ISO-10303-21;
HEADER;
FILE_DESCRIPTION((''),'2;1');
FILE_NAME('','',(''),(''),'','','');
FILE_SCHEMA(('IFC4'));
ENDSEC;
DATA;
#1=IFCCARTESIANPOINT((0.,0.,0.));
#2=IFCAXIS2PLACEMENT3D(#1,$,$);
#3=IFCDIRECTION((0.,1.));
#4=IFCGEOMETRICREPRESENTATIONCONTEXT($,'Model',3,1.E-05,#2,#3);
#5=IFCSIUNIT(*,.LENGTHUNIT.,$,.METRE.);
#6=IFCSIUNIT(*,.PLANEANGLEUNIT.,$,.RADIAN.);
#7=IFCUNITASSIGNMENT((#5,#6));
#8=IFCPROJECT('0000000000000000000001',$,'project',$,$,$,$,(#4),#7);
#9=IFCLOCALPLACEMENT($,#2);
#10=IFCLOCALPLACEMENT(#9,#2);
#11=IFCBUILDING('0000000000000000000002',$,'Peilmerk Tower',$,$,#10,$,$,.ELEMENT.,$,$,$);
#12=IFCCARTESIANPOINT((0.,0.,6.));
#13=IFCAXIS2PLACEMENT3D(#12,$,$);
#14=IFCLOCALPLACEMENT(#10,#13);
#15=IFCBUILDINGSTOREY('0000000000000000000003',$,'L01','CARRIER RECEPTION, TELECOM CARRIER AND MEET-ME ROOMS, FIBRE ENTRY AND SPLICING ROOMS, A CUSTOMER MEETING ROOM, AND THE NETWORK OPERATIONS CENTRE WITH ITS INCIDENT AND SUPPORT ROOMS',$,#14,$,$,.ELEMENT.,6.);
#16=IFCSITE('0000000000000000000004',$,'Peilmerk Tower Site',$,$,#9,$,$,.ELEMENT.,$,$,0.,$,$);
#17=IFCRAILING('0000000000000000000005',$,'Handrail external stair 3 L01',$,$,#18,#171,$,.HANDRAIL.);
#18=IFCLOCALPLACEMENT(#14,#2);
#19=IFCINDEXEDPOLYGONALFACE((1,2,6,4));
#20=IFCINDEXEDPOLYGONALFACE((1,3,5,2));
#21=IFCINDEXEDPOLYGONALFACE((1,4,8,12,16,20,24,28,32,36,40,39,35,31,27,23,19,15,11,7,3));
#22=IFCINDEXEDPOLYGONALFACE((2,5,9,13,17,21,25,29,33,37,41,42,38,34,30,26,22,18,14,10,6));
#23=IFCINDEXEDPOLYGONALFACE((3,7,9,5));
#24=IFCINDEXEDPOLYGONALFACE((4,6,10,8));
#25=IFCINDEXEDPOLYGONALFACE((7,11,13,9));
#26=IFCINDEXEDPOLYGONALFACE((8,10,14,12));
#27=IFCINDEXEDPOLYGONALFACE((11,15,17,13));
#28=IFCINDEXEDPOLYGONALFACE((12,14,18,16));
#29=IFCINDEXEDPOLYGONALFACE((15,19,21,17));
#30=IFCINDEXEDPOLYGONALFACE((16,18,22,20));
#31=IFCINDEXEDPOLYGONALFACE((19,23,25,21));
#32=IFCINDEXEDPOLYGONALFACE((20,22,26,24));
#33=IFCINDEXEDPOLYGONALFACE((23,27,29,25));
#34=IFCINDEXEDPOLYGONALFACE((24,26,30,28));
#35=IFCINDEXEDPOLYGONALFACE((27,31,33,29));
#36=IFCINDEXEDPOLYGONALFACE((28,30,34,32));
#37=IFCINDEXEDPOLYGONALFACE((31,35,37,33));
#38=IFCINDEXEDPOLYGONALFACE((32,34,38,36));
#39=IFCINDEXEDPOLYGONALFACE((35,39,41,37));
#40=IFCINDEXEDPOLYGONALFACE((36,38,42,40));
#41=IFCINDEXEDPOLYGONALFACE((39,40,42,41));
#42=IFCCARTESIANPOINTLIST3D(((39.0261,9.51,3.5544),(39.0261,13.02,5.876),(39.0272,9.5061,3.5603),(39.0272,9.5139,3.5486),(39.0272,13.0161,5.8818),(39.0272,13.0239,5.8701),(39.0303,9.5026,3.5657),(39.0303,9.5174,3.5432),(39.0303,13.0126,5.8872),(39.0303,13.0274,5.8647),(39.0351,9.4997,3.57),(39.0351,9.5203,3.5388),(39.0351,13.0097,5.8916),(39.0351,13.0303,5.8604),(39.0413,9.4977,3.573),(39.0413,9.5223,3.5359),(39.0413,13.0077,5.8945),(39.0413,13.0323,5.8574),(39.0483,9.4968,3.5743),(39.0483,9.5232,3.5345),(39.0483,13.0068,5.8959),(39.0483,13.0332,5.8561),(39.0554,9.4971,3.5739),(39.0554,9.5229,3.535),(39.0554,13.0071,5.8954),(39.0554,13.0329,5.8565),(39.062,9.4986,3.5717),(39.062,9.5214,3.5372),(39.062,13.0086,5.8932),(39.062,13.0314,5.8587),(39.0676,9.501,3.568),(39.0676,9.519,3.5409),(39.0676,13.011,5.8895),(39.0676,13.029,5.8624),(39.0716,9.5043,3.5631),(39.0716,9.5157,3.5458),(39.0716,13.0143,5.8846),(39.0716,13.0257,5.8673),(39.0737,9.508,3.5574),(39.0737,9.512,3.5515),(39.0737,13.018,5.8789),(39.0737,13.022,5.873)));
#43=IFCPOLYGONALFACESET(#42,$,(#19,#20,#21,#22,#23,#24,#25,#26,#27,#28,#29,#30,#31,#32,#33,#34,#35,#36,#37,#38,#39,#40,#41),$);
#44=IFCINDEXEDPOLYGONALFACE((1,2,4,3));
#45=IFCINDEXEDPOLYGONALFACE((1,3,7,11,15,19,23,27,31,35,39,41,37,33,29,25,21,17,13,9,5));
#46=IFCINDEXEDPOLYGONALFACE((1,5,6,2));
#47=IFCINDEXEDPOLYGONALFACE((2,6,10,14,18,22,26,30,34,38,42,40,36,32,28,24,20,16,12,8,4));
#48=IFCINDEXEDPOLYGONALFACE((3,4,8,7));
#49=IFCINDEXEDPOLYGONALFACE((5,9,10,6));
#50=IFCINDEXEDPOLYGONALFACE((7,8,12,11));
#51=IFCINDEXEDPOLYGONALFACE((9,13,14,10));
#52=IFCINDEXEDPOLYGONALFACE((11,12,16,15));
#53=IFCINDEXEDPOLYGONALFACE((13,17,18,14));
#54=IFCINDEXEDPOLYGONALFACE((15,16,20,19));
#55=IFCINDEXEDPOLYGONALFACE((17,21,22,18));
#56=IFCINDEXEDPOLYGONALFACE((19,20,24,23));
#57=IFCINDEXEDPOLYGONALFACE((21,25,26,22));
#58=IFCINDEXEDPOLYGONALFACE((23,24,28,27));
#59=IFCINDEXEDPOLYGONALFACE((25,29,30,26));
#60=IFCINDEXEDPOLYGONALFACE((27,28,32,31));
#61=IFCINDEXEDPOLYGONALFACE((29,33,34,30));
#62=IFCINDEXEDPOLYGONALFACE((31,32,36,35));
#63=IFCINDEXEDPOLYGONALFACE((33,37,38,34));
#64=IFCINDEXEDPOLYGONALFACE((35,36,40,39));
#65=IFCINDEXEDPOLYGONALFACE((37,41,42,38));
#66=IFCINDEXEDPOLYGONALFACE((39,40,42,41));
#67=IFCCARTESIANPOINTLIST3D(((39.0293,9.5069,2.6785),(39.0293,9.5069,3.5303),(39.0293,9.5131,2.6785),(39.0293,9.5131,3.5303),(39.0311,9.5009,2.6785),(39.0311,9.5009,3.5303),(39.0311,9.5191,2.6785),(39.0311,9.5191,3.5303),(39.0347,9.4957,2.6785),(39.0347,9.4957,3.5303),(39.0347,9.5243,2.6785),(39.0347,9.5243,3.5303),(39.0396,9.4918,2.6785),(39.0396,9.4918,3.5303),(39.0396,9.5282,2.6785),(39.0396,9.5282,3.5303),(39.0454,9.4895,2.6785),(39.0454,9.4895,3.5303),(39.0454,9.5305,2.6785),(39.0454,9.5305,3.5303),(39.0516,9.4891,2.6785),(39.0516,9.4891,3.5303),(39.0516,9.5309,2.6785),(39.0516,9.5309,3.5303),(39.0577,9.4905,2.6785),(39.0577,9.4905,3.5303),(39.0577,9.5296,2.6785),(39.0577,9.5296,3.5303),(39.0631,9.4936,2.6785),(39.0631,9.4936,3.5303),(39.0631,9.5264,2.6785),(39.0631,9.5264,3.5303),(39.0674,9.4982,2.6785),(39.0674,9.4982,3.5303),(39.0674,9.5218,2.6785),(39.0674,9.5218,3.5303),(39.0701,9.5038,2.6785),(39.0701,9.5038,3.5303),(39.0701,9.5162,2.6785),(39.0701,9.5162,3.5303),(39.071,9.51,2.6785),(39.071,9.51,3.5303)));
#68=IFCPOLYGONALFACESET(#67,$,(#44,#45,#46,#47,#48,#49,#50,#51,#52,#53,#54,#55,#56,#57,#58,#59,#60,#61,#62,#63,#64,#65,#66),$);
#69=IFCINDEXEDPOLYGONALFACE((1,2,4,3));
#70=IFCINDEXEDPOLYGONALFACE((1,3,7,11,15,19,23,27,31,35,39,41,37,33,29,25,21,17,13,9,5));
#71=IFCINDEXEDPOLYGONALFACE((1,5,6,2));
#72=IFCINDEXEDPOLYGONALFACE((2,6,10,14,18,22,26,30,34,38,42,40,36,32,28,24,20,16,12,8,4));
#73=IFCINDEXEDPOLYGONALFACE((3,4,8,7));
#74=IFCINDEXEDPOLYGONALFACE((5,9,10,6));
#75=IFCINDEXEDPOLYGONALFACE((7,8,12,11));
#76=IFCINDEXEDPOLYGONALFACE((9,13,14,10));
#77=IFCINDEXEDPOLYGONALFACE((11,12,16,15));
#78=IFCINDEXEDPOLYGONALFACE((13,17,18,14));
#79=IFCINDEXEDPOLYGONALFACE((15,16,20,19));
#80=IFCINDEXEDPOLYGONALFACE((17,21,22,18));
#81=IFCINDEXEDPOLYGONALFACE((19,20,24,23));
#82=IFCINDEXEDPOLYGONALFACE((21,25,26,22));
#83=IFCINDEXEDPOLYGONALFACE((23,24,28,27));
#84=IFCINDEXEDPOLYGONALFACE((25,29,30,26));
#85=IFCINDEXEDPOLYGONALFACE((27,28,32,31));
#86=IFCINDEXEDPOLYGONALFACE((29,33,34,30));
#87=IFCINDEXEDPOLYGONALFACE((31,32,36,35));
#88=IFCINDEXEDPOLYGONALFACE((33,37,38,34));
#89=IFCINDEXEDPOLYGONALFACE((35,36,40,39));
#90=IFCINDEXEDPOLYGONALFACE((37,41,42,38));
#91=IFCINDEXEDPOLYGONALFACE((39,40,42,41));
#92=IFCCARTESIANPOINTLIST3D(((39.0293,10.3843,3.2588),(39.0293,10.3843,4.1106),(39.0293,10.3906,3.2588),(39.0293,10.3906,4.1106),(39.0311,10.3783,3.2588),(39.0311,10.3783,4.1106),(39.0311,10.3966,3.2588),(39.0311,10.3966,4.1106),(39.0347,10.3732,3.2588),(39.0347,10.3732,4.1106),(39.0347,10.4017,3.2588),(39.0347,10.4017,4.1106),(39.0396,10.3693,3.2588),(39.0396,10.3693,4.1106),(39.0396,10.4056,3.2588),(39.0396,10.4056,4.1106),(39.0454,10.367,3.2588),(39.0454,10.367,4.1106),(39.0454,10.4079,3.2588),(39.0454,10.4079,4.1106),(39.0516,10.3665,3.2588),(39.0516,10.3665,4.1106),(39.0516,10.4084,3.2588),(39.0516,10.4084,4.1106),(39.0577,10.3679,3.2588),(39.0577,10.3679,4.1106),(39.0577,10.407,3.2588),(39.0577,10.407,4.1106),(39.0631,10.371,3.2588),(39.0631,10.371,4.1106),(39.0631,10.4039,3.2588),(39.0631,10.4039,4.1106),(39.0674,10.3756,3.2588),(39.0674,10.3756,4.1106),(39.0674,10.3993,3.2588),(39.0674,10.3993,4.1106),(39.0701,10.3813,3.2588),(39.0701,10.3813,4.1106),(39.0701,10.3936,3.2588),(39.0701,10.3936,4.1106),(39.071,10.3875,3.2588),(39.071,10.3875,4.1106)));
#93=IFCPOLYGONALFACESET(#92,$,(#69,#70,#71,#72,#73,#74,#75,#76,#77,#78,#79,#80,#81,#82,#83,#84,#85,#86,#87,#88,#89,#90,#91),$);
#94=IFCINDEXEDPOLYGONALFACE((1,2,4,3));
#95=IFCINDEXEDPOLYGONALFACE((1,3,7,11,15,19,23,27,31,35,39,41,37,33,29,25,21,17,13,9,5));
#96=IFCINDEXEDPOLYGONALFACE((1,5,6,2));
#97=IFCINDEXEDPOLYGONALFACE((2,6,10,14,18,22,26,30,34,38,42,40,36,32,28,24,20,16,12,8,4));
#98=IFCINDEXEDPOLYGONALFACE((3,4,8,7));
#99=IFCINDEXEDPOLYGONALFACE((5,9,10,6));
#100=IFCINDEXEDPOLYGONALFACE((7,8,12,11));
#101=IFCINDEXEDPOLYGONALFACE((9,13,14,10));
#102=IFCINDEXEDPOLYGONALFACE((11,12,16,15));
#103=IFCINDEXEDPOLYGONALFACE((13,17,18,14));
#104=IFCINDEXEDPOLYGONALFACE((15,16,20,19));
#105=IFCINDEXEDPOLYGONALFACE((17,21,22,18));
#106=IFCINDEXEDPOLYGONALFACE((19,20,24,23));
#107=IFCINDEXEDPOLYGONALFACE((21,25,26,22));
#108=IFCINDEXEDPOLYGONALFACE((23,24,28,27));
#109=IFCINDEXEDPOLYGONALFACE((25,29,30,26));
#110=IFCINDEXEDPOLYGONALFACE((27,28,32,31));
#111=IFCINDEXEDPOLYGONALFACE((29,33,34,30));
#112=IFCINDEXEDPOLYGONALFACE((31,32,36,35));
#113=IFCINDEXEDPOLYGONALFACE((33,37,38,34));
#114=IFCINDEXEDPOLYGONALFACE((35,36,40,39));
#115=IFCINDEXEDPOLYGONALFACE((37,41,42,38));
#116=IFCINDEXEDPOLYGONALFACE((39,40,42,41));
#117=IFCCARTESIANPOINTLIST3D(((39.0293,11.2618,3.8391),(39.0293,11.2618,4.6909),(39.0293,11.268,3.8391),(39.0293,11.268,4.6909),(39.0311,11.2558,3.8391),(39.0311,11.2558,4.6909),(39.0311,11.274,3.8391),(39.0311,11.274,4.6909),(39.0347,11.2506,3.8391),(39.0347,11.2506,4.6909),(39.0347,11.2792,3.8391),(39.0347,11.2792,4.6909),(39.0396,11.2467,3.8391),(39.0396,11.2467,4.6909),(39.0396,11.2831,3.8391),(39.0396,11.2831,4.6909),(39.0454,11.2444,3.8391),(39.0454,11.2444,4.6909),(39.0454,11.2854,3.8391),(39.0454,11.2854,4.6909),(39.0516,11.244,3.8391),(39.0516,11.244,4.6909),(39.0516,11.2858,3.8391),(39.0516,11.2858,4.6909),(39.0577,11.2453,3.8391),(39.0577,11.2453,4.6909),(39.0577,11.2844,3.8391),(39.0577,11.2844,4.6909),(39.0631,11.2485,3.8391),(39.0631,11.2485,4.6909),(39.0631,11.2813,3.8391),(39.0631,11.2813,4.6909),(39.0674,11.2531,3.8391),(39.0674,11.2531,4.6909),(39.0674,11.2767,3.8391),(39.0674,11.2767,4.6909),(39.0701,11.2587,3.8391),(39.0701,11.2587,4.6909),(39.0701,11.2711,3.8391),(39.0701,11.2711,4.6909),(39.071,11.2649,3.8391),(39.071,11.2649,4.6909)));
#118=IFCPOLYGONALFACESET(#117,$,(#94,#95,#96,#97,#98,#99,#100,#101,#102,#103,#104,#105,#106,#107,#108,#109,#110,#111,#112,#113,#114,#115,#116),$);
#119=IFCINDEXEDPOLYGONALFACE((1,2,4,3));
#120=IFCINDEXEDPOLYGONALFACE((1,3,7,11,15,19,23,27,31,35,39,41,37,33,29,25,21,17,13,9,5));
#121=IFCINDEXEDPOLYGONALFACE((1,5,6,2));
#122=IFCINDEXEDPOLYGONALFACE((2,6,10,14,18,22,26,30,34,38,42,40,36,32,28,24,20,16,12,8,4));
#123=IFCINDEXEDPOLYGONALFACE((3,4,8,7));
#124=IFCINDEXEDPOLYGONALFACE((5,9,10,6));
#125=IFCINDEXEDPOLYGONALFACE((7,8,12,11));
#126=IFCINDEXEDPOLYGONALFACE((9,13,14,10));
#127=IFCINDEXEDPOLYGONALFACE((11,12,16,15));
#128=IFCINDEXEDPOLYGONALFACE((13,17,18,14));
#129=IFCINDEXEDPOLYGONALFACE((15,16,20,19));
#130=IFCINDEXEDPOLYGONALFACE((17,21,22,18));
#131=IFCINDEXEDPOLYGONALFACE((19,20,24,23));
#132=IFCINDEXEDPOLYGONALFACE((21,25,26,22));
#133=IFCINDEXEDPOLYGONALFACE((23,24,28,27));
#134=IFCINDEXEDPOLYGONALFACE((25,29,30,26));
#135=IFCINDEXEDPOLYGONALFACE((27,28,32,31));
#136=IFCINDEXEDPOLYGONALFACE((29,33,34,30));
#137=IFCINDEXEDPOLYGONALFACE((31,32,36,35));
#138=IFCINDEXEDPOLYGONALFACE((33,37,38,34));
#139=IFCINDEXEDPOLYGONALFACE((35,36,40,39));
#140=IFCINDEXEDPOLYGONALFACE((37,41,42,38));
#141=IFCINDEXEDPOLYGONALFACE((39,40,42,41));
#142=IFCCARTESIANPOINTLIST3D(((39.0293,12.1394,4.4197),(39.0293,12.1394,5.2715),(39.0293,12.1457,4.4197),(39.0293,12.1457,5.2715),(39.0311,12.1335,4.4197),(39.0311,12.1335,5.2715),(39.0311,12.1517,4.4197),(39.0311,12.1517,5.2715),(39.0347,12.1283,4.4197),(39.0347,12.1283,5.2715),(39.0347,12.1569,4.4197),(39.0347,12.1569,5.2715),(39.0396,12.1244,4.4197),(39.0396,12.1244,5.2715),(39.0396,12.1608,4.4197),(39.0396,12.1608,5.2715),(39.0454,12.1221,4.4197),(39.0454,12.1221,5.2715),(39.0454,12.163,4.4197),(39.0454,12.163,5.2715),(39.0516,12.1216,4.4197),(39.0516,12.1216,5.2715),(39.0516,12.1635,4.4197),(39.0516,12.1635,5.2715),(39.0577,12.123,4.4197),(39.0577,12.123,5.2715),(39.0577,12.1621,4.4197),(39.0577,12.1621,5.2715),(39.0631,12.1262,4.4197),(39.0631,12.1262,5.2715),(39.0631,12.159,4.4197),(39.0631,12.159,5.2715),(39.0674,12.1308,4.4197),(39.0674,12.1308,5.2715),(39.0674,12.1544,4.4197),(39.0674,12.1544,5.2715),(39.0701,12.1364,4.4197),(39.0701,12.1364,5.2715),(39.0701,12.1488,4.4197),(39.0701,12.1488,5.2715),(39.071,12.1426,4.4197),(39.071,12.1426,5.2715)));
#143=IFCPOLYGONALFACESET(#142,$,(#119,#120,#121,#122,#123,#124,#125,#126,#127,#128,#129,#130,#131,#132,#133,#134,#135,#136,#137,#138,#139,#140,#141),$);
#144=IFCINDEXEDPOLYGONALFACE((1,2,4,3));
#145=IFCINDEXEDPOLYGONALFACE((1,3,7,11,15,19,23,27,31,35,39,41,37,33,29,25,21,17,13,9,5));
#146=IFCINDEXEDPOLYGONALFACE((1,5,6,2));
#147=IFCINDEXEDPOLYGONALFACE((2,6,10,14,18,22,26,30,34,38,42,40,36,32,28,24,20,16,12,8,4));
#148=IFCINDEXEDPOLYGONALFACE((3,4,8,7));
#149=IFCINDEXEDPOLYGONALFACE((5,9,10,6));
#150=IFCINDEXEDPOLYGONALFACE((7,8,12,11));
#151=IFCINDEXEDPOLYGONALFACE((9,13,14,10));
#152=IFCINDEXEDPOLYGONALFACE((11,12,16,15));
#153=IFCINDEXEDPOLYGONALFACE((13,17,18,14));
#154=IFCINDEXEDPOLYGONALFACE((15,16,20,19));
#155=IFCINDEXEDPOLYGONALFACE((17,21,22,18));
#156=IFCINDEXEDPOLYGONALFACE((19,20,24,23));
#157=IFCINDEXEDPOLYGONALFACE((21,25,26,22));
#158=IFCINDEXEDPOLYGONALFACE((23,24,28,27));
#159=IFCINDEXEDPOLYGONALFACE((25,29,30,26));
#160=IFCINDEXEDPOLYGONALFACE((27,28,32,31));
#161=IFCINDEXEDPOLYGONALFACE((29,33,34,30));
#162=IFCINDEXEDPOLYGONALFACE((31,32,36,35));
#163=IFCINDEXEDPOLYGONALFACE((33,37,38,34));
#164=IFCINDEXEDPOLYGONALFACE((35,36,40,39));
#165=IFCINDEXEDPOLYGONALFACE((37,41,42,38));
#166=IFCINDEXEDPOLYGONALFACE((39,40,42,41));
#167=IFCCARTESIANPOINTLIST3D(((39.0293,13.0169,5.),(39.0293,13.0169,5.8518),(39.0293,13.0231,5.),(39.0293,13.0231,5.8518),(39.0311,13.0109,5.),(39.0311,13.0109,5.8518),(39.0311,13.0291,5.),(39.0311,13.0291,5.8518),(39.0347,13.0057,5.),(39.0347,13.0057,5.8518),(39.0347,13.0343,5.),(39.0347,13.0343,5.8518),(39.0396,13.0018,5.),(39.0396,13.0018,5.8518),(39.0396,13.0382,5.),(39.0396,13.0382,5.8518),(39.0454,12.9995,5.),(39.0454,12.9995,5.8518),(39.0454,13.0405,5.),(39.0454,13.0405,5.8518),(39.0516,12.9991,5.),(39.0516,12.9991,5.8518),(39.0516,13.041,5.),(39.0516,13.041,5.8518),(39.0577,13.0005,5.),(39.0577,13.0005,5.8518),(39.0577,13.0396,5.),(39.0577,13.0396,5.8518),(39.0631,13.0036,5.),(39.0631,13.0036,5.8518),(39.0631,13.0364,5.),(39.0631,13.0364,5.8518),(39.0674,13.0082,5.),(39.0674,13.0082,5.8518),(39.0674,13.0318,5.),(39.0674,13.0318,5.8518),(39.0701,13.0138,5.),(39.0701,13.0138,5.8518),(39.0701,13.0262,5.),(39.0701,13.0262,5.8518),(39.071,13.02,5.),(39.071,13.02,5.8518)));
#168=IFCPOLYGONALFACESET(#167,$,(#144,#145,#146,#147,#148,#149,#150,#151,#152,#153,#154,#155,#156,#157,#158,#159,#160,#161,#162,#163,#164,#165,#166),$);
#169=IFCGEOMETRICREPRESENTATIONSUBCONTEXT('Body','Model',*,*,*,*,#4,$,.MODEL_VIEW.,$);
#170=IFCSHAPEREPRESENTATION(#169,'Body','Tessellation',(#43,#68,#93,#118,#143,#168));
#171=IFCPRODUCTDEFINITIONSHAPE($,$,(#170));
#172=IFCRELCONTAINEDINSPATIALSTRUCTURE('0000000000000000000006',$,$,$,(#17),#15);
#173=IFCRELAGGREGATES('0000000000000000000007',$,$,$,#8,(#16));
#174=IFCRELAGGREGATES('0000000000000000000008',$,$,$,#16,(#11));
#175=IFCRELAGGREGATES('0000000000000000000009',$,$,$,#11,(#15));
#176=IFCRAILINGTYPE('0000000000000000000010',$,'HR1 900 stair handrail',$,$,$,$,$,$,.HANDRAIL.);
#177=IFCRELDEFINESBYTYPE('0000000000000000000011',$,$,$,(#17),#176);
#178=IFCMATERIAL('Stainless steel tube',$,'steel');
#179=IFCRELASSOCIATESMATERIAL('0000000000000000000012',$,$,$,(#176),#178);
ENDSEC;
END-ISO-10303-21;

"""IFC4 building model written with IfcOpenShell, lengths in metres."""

from ifc_helpers import new_model, si_unit, direction, frame, origin, origin_2d, place, context, subcontext, project, spatial, circle, extrude, material, type_object, element, save


model = new_model("IFC4")

# Units and contexts
model_context = context("Model", 3, precision=1e-05, world=origin(), true_north=direction((0.0, 1.0)))
body_context = subcontext(model_context, "Body", "Model", "MODEL_VIEW")
ifc_project = project(units=[si_unit("LENGTHUNIT", "METRE"), si_unit("PLANEANGLEUNIT", "RADIAN")], contexts=[model_context])

# Site, building, storey
site_placement = place(None, origin())
site = spatial("IfcSite", under=ifc_project, at=site_placement, Name="Peilmerk Tower Site", CompositionType="ELEMENT", RefElevation=0.0)
building_placement = place(site_placement, origin())
building = spatial("IfcBuilding", under=site, at=building_placement, Name="Peilmerk Tower", CompositionType="ELEMENT")
storey_placement = place(building_placement, frame((0.0, 0.0, 6.0)))
storey = spatial("IfcBuildingStorey", under=building, at=storey_placement, Name="L01", Description="CARRIER RECEPTION, TELECOM CARRIER AND MEET-ME ROOMS, FIBRE ENTRY AND SPLICING ROOMS, A CUSTOMER MEETING ROOM, AND THE NETWORK OPERATIONS CENTRE WITH ITS INCIDENT AND SUPPORT ROOMS", CompositionType="ELEMENT", Elevation=6.0)

# Railing
ifc_material_1 = material(Name="Stainless steel tube", Category="steel")
railing_type_1 = type_object("IfcRailingType", Name="HR1 900 stair handrail", PredefinedType="HANDRAIL", material=ifc_material_1)
for number, where, name in (
    (1, (39.05, 9.51, 2.6785), "Handrail external stair 3 L01"),
):
    element("IfcRailing", number, at=place(storey_placement, frame(where)), inside=storey, type_object=railing_type_1, Name=name, PredefinedType="HANDRAIL", context=body_context, shape_type="SweptSolid", body=[
        extrude(circle(Radius=0.0239, at=origin_2d()), frame((0.0, 0.0, 0.876), z_axis=(0.0, 0.834071, 0.551657), x_axis=(-1.0, 0.0, 0.0)), (0.0, 0.0, 1.0), 4.2083),
        extrude(circle(Radius=0.021, at=origin_2d()), origin(), (0.0, 0.0, 1.0), 0.8518),
        extrude(circle(Radius=0.021, at=origin_2d()), frame((0.0, 0.8774, 0.5803)), (0.0, 0.0, 1.0), 0.8518),
        extrude(circle(Radius=0.021, at=origin_2d()), frame((0.0, 1.7549, 1.1606)), (0.0, 0.0, 1.0), 0.8518),
        extrude(circle(Radius=0.021, at=origin_2d()), frame((0.0, 2.6326, 1.7412)), (0.0, 0.0, 1.0), 0.8518),
        extrude(circle(Radius=0.021, at=origin_2d()), frame((0.0, 3.51, 2.3215)), (0.0, 0.0, 1.0), 0.8518),
    ])

save(model, "model.ifc")
